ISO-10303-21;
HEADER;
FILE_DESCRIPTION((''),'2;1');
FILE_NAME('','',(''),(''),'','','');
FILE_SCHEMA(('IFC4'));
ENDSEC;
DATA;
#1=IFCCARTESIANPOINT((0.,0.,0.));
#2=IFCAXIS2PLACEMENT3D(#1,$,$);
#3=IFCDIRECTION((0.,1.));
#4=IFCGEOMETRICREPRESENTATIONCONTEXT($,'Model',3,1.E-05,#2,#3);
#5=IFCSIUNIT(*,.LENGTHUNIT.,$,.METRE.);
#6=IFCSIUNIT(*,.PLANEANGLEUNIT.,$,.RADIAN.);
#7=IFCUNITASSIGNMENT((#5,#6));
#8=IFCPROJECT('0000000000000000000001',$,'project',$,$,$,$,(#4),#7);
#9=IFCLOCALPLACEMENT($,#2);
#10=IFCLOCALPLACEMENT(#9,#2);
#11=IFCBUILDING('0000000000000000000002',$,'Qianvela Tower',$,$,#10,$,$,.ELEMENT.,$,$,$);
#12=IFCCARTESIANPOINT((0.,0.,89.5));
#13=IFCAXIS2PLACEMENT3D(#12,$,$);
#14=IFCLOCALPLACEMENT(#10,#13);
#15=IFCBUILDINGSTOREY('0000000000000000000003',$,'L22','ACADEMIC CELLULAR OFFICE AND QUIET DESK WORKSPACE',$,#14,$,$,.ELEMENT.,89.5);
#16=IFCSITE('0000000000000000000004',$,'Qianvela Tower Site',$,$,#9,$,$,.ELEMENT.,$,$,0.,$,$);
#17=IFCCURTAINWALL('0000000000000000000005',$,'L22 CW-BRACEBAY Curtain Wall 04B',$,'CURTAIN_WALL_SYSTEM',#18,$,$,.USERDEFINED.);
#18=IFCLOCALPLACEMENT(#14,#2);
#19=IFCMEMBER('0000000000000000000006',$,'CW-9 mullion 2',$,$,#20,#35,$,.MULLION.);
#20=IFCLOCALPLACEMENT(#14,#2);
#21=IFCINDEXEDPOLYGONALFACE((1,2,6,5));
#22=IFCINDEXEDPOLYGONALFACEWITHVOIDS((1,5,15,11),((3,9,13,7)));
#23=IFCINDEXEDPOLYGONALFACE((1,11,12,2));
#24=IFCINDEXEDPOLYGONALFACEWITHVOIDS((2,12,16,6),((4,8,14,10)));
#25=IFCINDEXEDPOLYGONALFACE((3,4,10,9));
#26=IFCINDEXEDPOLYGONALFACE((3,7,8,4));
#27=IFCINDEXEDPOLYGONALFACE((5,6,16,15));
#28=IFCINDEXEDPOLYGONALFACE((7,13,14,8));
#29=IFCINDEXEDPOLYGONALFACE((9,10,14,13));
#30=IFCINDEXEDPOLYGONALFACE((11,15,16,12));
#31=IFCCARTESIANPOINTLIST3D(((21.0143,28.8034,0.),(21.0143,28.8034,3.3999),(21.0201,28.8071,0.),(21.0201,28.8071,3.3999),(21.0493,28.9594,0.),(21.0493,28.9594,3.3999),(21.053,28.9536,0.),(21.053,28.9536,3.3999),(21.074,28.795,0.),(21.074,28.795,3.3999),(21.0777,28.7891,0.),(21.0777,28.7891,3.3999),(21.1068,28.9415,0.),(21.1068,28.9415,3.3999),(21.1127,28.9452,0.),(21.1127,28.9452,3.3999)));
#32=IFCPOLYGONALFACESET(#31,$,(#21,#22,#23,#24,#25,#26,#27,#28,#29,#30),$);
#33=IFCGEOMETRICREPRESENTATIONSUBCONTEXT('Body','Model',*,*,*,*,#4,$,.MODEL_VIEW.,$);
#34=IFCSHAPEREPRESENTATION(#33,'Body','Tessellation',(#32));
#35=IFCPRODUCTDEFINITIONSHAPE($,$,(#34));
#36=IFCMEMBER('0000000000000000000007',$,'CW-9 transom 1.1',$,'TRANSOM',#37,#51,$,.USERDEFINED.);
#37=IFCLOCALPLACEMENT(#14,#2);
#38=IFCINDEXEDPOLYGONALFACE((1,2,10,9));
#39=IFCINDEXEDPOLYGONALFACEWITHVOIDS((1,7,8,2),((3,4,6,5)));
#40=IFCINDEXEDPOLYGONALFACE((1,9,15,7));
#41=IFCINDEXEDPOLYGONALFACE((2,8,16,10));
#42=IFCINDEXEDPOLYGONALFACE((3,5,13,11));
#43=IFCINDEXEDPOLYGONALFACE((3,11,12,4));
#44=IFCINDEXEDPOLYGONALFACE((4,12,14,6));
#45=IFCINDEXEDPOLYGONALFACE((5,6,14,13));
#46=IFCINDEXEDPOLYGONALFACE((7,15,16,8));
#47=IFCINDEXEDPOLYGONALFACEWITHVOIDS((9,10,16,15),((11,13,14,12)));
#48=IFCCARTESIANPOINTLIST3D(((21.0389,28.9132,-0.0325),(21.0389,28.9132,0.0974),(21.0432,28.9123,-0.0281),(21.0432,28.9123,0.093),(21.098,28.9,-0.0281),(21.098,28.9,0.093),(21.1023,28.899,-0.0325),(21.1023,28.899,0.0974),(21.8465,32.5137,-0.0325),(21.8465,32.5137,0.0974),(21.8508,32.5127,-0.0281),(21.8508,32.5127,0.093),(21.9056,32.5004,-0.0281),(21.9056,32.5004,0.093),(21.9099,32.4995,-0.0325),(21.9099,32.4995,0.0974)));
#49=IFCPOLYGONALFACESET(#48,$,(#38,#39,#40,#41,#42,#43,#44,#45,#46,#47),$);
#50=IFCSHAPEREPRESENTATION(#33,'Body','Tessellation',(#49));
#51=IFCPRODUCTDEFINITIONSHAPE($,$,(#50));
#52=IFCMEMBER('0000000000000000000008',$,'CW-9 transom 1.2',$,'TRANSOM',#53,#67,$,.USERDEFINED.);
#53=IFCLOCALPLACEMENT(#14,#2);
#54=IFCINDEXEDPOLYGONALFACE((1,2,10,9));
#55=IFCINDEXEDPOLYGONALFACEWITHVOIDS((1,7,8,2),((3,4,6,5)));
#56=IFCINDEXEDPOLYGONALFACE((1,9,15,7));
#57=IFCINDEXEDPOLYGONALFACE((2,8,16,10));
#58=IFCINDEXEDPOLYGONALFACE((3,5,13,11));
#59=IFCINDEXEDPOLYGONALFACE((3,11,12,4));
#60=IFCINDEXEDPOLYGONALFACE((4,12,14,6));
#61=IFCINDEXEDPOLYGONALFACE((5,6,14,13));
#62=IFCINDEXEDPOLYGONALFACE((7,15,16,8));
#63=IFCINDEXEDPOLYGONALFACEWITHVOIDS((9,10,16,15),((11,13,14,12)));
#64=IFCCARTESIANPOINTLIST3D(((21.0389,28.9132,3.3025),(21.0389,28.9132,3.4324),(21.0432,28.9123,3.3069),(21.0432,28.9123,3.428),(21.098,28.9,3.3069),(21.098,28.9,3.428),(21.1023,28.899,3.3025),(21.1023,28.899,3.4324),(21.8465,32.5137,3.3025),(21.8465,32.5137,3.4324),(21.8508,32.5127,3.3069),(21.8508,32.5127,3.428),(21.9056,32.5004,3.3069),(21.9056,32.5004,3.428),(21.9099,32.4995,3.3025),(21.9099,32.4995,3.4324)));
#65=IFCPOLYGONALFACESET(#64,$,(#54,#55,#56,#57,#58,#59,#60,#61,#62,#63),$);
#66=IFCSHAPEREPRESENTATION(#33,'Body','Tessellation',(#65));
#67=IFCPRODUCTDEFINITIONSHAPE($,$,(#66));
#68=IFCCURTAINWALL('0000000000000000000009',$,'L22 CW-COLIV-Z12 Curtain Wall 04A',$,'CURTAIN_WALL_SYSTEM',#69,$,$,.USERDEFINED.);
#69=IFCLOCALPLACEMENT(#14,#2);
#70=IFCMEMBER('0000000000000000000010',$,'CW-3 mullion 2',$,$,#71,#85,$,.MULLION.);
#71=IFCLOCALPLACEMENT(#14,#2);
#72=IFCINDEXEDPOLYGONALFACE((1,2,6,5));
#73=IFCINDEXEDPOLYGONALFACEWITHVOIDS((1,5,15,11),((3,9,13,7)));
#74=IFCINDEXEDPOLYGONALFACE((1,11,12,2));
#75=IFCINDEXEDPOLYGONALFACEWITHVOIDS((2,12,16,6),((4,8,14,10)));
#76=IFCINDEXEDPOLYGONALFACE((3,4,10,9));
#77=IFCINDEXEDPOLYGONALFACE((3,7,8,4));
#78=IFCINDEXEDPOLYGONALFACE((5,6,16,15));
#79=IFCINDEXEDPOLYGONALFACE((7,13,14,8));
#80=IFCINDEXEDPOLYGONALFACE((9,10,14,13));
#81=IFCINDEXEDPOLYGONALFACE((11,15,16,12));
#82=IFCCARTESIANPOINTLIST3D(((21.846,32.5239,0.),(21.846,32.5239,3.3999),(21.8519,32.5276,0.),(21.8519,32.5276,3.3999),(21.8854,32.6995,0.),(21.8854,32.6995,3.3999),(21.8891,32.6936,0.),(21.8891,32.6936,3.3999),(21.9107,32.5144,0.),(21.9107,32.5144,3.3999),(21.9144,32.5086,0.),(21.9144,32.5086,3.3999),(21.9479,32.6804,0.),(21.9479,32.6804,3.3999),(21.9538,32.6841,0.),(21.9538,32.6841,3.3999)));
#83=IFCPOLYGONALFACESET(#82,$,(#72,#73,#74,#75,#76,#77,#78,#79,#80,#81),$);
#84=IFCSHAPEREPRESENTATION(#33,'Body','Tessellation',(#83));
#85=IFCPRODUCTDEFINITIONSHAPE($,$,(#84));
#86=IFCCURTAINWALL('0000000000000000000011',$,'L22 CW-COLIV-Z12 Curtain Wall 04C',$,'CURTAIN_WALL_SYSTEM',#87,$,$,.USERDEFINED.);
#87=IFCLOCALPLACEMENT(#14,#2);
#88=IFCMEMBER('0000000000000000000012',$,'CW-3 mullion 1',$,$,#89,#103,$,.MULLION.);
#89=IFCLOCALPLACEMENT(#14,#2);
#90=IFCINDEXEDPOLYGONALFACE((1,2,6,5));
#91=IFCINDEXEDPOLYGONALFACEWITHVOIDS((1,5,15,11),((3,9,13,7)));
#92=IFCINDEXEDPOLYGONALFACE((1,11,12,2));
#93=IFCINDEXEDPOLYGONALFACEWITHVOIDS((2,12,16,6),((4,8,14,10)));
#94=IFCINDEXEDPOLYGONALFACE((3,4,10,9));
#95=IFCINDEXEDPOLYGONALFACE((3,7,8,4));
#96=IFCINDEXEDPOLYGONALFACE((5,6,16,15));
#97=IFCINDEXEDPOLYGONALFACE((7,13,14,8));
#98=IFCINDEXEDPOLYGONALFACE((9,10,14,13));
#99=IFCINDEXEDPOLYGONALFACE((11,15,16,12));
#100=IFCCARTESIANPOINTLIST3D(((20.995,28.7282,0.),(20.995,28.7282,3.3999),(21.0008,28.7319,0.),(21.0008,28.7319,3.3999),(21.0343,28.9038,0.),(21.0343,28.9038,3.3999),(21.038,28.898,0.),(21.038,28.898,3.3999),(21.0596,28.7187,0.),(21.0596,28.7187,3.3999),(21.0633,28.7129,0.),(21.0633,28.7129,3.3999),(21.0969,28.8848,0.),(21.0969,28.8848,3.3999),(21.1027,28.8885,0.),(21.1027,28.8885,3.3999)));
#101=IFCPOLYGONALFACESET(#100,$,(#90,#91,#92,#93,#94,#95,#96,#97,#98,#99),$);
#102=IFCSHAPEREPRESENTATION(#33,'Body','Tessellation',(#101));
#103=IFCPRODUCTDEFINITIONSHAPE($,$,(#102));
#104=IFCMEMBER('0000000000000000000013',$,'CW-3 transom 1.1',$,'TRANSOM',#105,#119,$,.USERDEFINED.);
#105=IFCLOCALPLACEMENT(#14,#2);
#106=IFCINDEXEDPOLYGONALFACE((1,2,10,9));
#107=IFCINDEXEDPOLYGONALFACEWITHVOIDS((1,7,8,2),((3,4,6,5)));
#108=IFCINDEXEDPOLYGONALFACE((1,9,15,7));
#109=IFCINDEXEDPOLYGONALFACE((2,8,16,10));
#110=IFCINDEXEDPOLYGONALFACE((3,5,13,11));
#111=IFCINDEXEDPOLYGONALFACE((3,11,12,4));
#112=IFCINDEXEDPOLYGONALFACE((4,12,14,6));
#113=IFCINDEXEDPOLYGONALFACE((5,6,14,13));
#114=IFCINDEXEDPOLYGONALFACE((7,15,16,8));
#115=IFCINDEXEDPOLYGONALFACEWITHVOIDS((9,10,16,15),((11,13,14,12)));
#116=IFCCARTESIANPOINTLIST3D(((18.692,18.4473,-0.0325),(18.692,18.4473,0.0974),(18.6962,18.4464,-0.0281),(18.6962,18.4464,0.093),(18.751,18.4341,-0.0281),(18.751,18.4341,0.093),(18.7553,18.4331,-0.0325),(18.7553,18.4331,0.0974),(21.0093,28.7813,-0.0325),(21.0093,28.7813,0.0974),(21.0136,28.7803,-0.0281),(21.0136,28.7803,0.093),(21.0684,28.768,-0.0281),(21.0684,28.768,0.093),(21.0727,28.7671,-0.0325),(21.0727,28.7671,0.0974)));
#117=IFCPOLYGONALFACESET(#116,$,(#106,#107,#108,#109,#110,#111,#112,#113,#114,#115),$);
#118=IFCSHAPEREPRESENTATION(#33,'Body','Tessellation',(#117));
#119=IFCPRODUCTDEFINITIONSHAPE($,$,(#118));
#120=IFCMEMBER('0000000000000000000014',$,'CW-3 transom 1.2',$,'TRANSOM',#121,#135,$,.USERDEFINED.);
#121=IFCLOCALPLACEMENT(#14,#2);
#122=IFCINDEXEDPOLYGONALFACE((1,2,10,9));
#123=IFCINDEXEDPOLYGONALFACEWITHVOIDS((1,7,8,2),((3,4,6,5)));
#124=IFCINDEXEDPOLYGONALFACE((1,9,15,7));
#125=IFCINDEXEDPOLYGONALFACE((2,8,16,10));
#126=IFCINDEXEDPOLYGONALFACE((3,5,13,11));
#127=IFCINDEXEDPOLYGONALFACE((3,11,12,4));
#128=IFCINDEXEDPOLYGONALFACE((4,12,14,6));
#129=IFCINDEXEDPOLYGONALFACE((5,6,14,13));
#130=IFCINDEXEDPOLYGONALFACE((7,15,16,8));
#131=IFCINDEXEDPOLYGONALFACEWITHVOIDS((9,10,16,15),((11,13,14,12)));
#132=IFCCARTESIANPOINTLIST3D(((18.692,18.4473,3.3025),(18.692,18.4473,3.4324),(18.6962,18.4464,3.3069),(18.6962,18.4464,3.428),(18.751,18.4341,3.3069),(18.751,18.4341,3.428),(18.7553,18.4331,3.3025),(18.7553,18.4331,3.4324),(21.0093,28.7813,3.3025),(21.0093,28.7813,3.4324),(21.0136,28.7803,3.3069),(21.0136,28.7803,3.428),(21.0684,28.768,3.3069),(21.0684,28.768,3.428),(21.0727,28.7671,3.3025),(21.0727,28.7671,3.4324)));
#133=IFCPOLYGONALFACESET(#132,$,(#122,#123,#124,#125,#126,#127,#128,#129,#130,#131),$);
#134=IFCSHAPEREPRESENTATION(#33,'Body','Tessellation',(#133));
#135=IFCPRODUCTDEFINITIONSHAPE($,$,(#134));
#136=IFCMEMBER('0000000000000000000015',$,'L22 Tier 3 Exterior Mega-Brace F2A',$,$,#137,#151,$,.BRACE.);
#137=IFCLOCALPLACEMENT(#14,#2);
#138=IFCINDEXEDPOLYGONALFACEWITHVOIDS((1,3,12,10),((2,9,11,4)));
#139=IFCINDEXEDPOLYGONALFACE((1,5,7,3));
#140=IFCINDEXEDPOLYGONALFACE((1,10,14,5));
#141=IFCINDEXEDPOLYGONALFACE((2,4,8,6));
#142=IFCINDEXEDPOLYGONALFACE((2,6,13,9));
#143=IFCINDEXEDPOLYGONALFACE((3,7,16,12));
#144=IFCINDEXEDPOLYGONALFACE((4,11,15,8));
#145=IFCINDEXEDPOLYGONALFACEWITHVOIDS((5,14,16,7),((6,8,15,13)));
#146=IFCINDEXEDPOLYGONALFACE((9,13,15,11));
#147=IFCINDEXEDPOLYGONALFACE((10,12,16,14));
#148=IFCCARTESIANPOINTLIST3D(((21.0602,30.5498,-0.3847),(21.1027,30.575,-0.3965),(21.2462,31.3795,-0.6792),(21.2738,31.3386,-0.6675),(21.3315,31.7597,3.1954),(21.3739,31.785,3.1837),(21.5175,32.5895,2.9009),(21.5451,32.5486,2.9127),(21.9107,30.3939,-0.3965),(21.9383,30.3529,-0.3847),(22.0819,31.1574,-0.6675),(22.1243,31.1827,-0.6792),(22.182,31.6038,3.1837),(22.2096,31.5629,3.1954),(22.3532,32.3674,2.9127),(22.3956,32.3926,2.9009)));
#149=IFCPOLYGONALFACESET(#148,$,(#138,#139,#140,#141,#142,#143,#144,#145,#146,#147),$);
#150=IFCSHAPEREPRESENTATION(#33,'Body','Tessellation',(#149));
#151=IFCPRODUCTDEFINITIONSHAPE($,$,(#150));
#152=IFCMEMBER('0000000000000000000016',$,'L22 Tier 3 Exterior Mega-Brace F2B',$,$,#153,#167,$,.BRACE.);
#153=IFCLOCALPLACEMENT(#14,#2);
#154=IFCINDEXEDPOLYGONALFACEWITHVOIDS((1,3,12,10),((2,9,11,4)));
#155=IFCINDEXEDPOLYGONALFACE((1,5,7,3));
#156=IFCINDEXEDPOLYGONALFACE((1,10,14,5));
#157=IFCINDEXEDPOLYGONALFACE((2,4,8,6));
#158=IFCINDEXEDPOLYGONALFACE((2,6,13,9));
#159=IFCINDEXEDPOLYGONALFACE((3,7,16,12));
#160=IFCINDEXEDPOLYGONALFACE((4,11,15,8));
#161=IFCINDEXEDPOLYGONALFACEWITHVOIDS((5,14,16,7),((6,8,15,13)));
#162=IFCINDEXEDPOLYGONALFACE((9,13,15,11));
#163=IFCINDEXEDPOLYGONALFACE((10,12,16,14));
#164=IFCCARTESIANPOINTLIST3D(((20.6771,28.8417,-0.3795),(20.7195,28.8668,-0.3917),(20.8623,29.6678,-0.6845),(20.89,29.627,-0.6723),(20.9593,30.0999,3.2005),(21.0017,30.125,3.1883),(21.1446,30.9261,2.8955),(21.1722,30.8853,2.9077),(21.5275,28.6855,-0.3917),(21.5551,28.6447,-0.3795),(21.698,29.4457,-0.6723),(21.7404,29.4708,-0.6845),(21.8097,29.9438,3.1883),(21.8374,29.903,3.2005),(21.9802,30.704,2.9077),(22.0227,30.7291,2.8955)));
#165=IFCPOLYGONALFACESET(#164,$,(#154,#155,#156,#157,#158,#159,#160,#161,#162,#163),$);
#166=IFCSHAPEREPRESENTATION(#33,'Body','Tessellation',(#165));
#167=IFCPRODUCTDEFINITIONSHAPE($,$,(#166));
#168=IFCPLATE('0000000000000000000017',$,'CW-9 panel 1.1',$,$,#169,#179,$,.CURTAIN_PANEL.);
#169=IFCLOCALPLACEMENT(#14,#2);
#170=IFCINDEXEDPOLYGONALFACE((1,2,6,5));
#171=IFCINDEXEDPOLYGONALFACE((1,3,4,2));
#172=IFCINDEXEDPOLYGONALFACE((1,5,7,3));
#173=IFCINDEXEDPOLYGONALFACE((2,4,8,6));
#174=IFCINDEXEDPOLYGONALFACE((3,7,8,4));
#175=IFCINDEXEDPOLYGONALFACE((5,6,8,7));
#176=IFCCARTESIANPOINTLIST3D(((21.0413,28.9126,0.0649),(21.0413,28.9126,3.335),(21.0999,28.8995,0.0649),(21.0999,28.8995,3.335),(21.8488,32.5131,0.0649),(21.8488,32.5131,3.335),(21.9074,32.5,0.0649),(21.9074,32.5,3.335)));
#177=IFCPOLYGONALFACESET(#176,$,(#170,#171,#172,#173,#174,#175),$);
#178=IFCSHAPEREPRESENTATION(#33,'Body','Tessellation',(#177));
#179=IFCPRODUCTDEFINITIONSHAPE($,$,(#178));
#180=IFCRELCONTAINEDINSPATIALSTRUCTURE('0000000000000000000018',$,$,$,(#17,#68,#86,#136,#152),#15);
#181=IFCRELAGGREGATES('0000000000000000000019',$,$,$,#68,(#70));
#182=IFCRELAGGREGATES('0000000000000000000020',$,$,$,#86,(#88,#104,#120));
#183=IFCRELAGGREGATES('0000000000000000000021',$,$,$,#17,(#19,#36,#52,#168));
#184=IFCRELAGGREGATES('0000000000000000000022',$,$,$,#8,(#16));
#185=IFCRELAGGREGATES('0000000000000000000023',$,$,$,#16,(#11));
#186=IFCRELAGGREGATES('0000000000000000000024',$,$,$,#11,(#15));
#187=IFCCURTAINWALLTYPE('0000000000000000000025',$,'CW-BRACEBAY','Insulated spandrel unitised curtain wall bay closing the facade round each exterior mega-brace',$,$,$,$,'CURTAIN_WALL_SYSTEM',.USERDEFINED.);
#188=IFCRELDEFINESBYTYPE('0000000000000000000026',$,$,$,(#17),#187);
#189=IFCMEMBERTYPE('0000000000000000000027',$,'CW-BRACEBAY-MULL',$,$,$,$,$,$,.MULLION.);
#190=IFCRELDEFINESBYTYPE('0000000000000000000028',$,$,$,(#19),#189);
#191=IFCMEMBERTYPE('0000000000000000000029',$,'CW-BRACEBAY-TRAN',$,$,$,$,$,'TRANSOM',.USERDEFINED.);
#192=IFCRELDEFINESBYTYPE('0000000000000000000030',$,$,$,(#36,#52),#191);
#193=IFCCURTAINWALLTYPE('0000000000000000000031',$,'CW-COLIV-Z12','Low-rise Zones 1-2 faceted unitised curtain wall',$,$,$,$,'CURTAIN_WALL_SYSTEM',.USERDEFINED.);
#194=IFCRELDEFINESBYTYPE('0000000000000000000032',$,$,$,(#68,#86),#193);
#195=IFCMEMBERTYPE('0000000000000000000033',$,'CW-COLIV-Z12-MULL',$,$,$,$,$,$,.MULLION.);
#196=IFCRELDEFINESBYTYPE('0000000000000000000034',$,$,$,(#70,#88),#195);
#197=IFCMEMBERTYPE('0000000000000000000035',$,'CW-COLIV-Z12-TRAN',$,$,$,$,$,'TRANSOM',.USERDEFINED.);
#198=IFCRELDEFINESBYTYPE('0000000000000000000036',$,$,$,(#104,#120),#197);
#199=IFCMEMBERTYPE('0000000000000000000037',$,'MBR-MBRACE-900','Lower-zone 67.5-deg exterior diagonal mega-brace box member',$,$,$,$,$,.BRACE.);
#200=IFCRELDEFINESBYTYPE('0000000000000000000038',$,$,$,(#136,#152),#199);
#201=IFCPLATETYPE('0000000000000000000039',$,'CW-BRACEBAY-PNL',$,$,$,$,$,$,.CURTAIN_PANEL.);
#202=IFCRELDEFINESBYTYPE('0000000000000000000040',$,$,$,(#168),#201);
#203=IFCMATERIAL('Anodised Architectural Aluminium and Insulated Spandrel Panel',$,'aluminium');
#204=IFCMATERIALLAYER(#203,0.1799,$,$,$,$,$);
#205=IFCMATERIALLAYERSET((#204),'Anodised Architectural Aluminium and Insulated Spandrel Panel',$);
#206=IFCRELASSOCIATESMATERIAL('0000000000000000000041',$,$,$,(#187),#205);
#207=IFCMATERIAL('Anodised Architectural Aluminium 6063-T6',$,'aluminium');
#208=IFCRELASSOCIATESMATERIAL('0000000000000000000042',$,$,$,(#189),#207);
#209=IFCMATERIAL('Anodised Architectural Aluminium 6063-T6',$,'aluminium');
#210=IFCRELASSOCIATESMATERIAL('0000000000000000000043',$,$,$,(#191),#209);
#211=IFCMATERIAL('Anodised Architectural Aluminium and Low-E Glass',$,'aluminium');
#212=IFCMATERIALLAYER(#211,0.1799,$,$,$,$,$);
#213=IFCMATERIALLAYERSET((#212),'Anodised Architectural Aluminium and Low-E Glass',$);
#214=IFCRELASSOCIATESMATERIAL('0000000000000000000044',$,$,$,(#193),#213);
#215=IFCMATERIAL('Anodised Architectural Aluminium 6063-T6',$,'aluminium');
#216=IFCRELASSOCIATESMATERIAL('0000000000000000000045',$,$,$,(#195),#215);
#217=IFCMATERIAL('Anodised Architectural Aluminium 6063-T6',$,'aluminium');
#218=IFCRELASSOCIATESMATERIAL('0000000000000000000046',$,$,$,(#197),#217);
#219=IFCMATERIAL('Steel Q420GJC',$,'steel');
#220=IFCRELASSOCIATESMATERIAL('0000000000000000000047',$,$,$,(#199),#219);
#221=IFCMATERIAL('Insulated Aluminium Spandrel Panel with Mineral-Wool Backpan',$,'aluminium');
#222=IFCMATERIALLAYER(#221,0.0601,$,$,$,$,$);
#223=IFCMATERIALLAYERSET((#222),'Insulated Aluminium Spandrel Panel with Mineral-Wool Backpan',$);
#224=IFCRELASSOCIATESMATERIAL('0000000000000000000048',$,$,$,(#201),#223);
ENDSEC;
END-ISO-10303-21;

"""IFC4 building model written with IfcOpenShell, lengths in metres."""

from ifc_helpers import new_model, si_unit, direction, frame, origin, origin_2d, place, context, subcontext, project, spatial, rectangle, hollow_rectangle, extrude, material, layer, layer_set, material_profile, profile_set, type_object, element, aggregate, save


model = new_model("IFC4")

# Units and contexts
model_context = context("Model", 3, precision=1e-05, world=origin(), true_north=direction((0.0, 1.0)))
body_context = subcontext(model_context, "Body", "Model", "MODEL_VIEW")
ifc_project = project(units=[si_unit("LENGTHUNIT", "METRE"), si_unit("PLANEANGLEUNIT", "RADIAN")], contexts=[model_context])

# Site, building, storey
site_placement = place(None, origin())
site = spatial("IfcSite", under=ifc_project, at=site_placement, Name="Qianvela Tower Site", CompositionType="ELEMENT", RefElevation=0.0)
building_placement = place(site_placement, origin())
building = spatial("IfcBuilding", under=site, at=building_placement, Name="Qianvela Tower", CompositionType="ELEMENT")
storey_placement = place(building_placement, frame((0.0, 0.0, 89.5)))
storey = spatial("IfcBuildingStorey", under=building, at=storey_placement, Name="L22", Description="ACADEMIC CELLULAR OFFICE AND QUIET DESK WORKSPACE", CompositionType="ELEMENT", Elevation=89.5)

# Curtain wall, members
ifc_material_1 = material(Name="Anodised Architectural Aluminium and Insulated Spandrel Panel", Category="aluminium")
ifc_layer_1 = layer(ifc_material_1, 0.1799)
ifc_layer_set_1 = layer_set([ifc_layer_1], Name="Anodised Architectural Aluminium and Insulated Spandrel Panel")
curtain_wall_type_1 = type_object("IfcCurtainWallType", Name="CW-BRACEBAY", Description="Insulated spandrel unitised curtain wall bay closing the facade round each exterior mega-brace", ElementType="CURTAIN_WALL_SYSTEM", PredefinedType="USERDEFINED", material=ifc_layer_set_1)
curtain_wall_1_placement = place(storey_placement, origin())
curtain_wall_1 = element("IfcCurtainWall", 1, at=curtain_wall_1_placement, inside=storey, type_object=curtain_wall_type_1, Name="L22 CW-BRACEBAY Curtain Wall 04B", ObjectType="CURTAIN_WALL_SYSTEM", PredefinedType="USERDEFINED")
ifc_material_2 = material(Name="Anodised Architectural Aluminium 6063-T6", Category="aluminium")
ifc_material_profile_1 = material_profile(ifc_material_2, hollow_rectangle(XDim=0.0649, YDim=0.1599, WallThickness=0.0049, at=origin_2d()), Name="ALU-MULL-65x160")
ifc_profile_set_1 = profile_set([ifc_material_profile_1], Name="Anodised Architectural Aluminium 6063-T6")
member_type_1 = type_object("IfcMemberType", Name="CW-BRACEBAY-MULL", PredefinedType="MULLION", material=ifc_profile_set_1)
member_1_placement = place(storey_placement, frame((21.0635, 28.8743, 0.0), z_axis=(0.0, 0.0, 1.0), x_axis=(0.975765, -0.218823, 0.0)))
member_1 = element("IfcMember", 2, at=member_1_placement, type_object=member_type_1, Name="CW-9 mullion 2", PredefinedType="MULLION", context=body_context, shape_type="SweptSolid", body=[
    extrude(hollow_rectangle(XDim=0.0649, YDim=0.1599, WallThickness=0.0049, at=origin_2d()), origin(), (0.0, 0.0, 1.0), 3.3999),
])
ifc_material_3 = material(Name="Anodised Architectural Aluminium 6063-T6", Category="aluminium")
ifc_material_profile_2 = material_profile(ifc_material_3, hollow_rectangle(XDim=0.0649, YDim=0.1299, WallThickness=0.0044, at=origin_2d()), Name="ALU-TRAN-65x130")
ifc_profile_set_2 = profile_set([ifc_material_profile_2], Name="Anodised Architectural Aluminium 6063-T6")
member_type_2 = type_object("IfcMemberType", Name="CW-BRACEBAY-TRAN", ElementType="TRANSOM", PredefinedType="USERDEFINED", material=ifc_profile_set_2)
member_2_placement = place(storey_placement, frame((21.8782, 32.5066, 0.0325), z_axis=(-0.218864, -0.975755, 0.0), x_axis=(0.975755, -0.218864, 0.0)))
member_2 = element("IfcMember", 3, at=member_2_placement, type_object=member_type_2, Name="CW-9 transom 1.1", ObjectType="TRANSOM", PredefinedType="USERDEFINED", context=body_context, shape_type="SweptSolid", body=[
    extrude(hollow_rectangle(XDim=0.0649, YDim=0.1299, WallThickness=0.0044, at=origin_2d()), origin(), (0.0, 0.0, 1.0), 3.6899),
])
member_3_placement = place(storey_placement, frame((21.8782, 32.5066, 3.3674), z_axis=(-0.218864, -0.975755, 0.0), x_axis=(0.975755, -0.218864, 0.0)))
member_3 = element("IfcMember", 4, at=member_3_placement, type_object=member_type_2, Name="CW-9 transom 1.2", ObjectType="TRANSOM", PredefinedType="USERDEFINED", context=body_context, shape_type="SweptSolid", body=[
    extrude(hollow_rectangle(XDim=0.0649, YDim=0.1299, WallThickness=0.0044, at=origin_2d()), origin(), (0.0, 0.0, 1.0), 3.6899),
])

# Curtain wall, member
ifc_material_4 = material(Name="Anodised Architectural Aluminium and Low-E Glass", Category="aluminium")
ifc_layer_2 = layer(ifc_material_4, 0.1799)
ifc_layer_set_2 = layer_set([ifc_layer_2], Name="Anodised Architectural Aluminium and Low-E Glass")
curtain_wall_type_2 = type_object("IfcCurtainWallType", Name="CW-COLIV-Z12", Description="Low-rise Zones 1-2 faceted unitised curtain wall", ElementType="CURTAIN_WALL_SYSTEM", PredefinedType="USERDEFINED", material=ifc_layer_set_2)
curtain_wall_2_placement = place(storey_placement, origin())
curtain_wall_2 = element("IfcCurtainWall", 5, at=curtain_wall_2_placement, inside=storey, type_object=curtain_wall_type_2, Name="L22 CW-COLIV-Z12 Curtain Wall 04A", ObjectType="CURTAIN_WALL_SYSTEM", PredefinedType="USERDEFINED")
ifc_material_5 = material(Name="Anodised Architectural Aluminium 6063-T6", Category="aluminium")
ifc_material_profile_3 = material_profile(ifc_material_5, hollow_rectangle(XDim=0.0701, YDim=0.1799, WallThickness=0.0049, at=origin_2d()), Name="ALU-MULL-70x180")
ifc_profile_set_3 = profile_set([ifc_material_profile_3], Name="Anodised Architectural Aluminium 6063-T6")
member_type_3 = type_object("IfcMemberType", Name="CW-COLIV-Z12-MULL", PredefinedType="MULLION", material=ifc_profile_set_3)
member_4_placement = place(storey_placement, frame((21.8999, 32.604, 0.0), z_axis=(0.0, 0.0, 1.0), x_axis=(0.975762, -0.218832, 0.0)))
member_4 = element("IfcMember", 6, at=member_4_placement, type_object=member_type_3, Name="CW-3 mullion 2", PredefinedType="MULLION", context=body_context, shape_type="SweptSolid", body=[
    extrude(hollow_rectangle(XDim=0.0701, YDim=0.1799, WallThickness=0.0049, at=origin_2d()), origin(), (0.0, 0.0, 1.0), 3.3999),
])
aggregate(curtain_wall_2, [member_4])

# Curtain wall, members
curtain_wall_3_placement = place(storey_placement, origin())
curtain_wall_3 = element("IfcCurtainWall", 7, at=curtain_wall_3_placement, inside=storey, type_object=curtain_wall_type_2, Name="L22 CW-COLIV-Z12 Curtain Wall 04C", ObjectType="CURTAIN_WALL_SYSTEM", PredefinedType="USERDEFINED")
member_5_placement = place(storey_placement, frame((21.0488, 28.8083, 0.0), z_axis=(0.0, 0.0, 1.0), x_axis=(0.975763, -0.21883, 0.0)))
member_5 = element("IfcMember", 8, at=member_5_placement, type_object=member_type_3, Name="CW-3 mullion 1", PredefinedType="MULLION", context=body_context, shape_type="SweptSolid", body=[
    extrude(hollow_rectangle(XDim=0.0701, YDim=0.1799, WallThickness=0.0049, at=origin_2d()), origin(), (0.0, 0.0, 1.0), 3.3999),
])
ifc_material_6 = material(Name="Anodised Architectural Aluminium 6063-T6", Category="aluminium")
ifc_material_profile_4 = material_profile(ifc_material_6, hollow_rectangle(XDim=0.0649, YDim=0.1299, WallThickness=0.0044, at=origin_2d()), Name="ALU-TRAN-65x130")
ifc_profile_set_4 = profile_set([ifc_material_profile_4], Name="Anodised Architectural Aluminium 6063-T6")
member_type_4 = type_object("IfcMemberType", Name="CW-COLIV-Z12-TRAN", ElementType="TRANSOM", PredefinedType="USERDEFINED", material=ifc_profile_set_4)
member_6_placement = place(storey_placement, frame((21.041, 28.7742, 0.0325), z_axis=(-0.218814, -0.975766, 0.0), x_axis=(0.975766, -0.218814, 0.0)))
member_6 = element("IfcMember", 9, at=member_6_placement, type_object=member_type_4, Name="CW-3 transom 1.1", ObjectType="TRANSOM", PredefinedType="USERDEFINED", context=body_context, shape_type="SweptSolid", body=[
    extrude(hollow_rectangle(XDim=0.0649, YDim=0.1299, WallThickness=0.0044, at=origin_2d()), origin(), (0.0, 0.0, 1.0), 10.5906),
])
member_7_placement = place(storey_placement, frame((21.041, 28.7742, 3.3674), z_axis=(-0.218814, -0.975766, 0.0), x_axis=(0.975766, -0.218814, 0.0)))
member_7 = element("IfcMember", 10, at=member_7_placement, type_object=member_type_4, Name="CW-3 transom 1.2", ObjectType="TRANSOM", PredefinedType="USERDEFINED", context=body_context, shape_type="SweptSolid", body=[
    extrude(hollow_rectangle(XDim=0.0649, YDim=0.1299, WallThickness=0.0044, at=origin_2d()), origin(), (0.0, 0.0, 1.0), 10.5906),
])
aggregate(curtain_wall_3, [member_5, member_6, member_7])

# Members
ifc_material_7 = material(Name="Steel Q420GJC", Category="steel")
ifc_material_profile_5 = material_profile(ifc_material_7, hollow_rectangle(XDim=0.8999, YDim=0.8999, WallThickness=0.0359, at=origin_2d()), Name="MBOX-900x900x36")
ifc_profile_set_5 = profile_set([ifc_material_profile_5], Name="Steel Q420GJC")
member_type_5 = type_object("IfcMemberType", Name="MBR-MBRACE-900", Description="Lower-zone 67.5-deg exterior diagonal mega-brace box member", PredefinedType="BRACE", material=ifc_profile_set_5)
member_8_placement = place(storey_placement, frame((21.5923, 30.8662, -0.532), z_axis=(0.071591, 0.319357, 0.944926), x_axis=(-0.975782, 0.218744, 0.0)))
element("IfcMember", 11, at=member_8_placement, inside=storey, type_object=member_type_5, Name="L22 Tier 3 Exterior Mega-Brace F2A", PredefinedType="BRACE", context=body_context, shape_type="SweptSolid", body=[
    extrude(hollow_rectangle(XDim=0.8999, YDim=0.8999, WallThickness=0.0359, at=origin_2d()), origin(), (0.0, 0.0, 1.0), 3.7888),
])
member_9_placement = place(storey_placement, frame((21.2087, 29.1562, -0.532), z_axis=(0.074168, 0.330675, 0.940826), x_axis=(-0.975758, 0.218854, 0.0)))
element("IfcMember", 12, at=member_9_placement, inside=storey, type_object=member_type_5, Name="L22 Tier 3 Exterior Mega-Brace F2B", PredefinedType="BRACE", context=body_context, shape_type="SweptSolid", body=[
    extrude(hollow_rectangle(XDim=0.8999, YDim=0.8999, WallThickness=0.0359, at=origin_2d()), origin(), (0.0, 0.0, 1.0), 3.8052),
])

# Plate
ifc_material_8 = material(Name="Insulated Aluminium Spandrel Panel with Mineral-Wool Backpan", Category="aluminium")
ifc_layer_3 = layer(ifc_material_8, 0.0601)
ifc_layer_set_3 = layer_set([ifc_layer_3], Name="Insulated Aluminium Spandrel Panel with Mineral-Wool Backpan")
plate_type_1 = type_object("IfcPlateType", Name="CW-BRACEBAY-PNL", PredefinedType="CURTAIN_PANEL", material=ifc_layer_set_3)
plate_placement = place(storey_placement, frame((21.4744, 30.7063, 0.0649), z_axis=(0.0, 0.0, 1.0), x_axis=(-0.218823, -0.975765, 0.0)))
plate = element("IfcPlate", 13, at=plate_placement, type_object=plate_type_1, Name="CW-9 panel 1.1", PredefinedType="CURTAIN_PANEL", context=body_context, shape_type="SweptSolid", body=[
    extrude(rectangle(XDim=3.6899, YDim=0.0601, at=origin_2d()), origin(), (0.0, 0.0, 1.0), 3.27),
])
aggregate(curtain_wall_1, [member_1, member_2, member_3, plate])

save(model, "model.ifc")
